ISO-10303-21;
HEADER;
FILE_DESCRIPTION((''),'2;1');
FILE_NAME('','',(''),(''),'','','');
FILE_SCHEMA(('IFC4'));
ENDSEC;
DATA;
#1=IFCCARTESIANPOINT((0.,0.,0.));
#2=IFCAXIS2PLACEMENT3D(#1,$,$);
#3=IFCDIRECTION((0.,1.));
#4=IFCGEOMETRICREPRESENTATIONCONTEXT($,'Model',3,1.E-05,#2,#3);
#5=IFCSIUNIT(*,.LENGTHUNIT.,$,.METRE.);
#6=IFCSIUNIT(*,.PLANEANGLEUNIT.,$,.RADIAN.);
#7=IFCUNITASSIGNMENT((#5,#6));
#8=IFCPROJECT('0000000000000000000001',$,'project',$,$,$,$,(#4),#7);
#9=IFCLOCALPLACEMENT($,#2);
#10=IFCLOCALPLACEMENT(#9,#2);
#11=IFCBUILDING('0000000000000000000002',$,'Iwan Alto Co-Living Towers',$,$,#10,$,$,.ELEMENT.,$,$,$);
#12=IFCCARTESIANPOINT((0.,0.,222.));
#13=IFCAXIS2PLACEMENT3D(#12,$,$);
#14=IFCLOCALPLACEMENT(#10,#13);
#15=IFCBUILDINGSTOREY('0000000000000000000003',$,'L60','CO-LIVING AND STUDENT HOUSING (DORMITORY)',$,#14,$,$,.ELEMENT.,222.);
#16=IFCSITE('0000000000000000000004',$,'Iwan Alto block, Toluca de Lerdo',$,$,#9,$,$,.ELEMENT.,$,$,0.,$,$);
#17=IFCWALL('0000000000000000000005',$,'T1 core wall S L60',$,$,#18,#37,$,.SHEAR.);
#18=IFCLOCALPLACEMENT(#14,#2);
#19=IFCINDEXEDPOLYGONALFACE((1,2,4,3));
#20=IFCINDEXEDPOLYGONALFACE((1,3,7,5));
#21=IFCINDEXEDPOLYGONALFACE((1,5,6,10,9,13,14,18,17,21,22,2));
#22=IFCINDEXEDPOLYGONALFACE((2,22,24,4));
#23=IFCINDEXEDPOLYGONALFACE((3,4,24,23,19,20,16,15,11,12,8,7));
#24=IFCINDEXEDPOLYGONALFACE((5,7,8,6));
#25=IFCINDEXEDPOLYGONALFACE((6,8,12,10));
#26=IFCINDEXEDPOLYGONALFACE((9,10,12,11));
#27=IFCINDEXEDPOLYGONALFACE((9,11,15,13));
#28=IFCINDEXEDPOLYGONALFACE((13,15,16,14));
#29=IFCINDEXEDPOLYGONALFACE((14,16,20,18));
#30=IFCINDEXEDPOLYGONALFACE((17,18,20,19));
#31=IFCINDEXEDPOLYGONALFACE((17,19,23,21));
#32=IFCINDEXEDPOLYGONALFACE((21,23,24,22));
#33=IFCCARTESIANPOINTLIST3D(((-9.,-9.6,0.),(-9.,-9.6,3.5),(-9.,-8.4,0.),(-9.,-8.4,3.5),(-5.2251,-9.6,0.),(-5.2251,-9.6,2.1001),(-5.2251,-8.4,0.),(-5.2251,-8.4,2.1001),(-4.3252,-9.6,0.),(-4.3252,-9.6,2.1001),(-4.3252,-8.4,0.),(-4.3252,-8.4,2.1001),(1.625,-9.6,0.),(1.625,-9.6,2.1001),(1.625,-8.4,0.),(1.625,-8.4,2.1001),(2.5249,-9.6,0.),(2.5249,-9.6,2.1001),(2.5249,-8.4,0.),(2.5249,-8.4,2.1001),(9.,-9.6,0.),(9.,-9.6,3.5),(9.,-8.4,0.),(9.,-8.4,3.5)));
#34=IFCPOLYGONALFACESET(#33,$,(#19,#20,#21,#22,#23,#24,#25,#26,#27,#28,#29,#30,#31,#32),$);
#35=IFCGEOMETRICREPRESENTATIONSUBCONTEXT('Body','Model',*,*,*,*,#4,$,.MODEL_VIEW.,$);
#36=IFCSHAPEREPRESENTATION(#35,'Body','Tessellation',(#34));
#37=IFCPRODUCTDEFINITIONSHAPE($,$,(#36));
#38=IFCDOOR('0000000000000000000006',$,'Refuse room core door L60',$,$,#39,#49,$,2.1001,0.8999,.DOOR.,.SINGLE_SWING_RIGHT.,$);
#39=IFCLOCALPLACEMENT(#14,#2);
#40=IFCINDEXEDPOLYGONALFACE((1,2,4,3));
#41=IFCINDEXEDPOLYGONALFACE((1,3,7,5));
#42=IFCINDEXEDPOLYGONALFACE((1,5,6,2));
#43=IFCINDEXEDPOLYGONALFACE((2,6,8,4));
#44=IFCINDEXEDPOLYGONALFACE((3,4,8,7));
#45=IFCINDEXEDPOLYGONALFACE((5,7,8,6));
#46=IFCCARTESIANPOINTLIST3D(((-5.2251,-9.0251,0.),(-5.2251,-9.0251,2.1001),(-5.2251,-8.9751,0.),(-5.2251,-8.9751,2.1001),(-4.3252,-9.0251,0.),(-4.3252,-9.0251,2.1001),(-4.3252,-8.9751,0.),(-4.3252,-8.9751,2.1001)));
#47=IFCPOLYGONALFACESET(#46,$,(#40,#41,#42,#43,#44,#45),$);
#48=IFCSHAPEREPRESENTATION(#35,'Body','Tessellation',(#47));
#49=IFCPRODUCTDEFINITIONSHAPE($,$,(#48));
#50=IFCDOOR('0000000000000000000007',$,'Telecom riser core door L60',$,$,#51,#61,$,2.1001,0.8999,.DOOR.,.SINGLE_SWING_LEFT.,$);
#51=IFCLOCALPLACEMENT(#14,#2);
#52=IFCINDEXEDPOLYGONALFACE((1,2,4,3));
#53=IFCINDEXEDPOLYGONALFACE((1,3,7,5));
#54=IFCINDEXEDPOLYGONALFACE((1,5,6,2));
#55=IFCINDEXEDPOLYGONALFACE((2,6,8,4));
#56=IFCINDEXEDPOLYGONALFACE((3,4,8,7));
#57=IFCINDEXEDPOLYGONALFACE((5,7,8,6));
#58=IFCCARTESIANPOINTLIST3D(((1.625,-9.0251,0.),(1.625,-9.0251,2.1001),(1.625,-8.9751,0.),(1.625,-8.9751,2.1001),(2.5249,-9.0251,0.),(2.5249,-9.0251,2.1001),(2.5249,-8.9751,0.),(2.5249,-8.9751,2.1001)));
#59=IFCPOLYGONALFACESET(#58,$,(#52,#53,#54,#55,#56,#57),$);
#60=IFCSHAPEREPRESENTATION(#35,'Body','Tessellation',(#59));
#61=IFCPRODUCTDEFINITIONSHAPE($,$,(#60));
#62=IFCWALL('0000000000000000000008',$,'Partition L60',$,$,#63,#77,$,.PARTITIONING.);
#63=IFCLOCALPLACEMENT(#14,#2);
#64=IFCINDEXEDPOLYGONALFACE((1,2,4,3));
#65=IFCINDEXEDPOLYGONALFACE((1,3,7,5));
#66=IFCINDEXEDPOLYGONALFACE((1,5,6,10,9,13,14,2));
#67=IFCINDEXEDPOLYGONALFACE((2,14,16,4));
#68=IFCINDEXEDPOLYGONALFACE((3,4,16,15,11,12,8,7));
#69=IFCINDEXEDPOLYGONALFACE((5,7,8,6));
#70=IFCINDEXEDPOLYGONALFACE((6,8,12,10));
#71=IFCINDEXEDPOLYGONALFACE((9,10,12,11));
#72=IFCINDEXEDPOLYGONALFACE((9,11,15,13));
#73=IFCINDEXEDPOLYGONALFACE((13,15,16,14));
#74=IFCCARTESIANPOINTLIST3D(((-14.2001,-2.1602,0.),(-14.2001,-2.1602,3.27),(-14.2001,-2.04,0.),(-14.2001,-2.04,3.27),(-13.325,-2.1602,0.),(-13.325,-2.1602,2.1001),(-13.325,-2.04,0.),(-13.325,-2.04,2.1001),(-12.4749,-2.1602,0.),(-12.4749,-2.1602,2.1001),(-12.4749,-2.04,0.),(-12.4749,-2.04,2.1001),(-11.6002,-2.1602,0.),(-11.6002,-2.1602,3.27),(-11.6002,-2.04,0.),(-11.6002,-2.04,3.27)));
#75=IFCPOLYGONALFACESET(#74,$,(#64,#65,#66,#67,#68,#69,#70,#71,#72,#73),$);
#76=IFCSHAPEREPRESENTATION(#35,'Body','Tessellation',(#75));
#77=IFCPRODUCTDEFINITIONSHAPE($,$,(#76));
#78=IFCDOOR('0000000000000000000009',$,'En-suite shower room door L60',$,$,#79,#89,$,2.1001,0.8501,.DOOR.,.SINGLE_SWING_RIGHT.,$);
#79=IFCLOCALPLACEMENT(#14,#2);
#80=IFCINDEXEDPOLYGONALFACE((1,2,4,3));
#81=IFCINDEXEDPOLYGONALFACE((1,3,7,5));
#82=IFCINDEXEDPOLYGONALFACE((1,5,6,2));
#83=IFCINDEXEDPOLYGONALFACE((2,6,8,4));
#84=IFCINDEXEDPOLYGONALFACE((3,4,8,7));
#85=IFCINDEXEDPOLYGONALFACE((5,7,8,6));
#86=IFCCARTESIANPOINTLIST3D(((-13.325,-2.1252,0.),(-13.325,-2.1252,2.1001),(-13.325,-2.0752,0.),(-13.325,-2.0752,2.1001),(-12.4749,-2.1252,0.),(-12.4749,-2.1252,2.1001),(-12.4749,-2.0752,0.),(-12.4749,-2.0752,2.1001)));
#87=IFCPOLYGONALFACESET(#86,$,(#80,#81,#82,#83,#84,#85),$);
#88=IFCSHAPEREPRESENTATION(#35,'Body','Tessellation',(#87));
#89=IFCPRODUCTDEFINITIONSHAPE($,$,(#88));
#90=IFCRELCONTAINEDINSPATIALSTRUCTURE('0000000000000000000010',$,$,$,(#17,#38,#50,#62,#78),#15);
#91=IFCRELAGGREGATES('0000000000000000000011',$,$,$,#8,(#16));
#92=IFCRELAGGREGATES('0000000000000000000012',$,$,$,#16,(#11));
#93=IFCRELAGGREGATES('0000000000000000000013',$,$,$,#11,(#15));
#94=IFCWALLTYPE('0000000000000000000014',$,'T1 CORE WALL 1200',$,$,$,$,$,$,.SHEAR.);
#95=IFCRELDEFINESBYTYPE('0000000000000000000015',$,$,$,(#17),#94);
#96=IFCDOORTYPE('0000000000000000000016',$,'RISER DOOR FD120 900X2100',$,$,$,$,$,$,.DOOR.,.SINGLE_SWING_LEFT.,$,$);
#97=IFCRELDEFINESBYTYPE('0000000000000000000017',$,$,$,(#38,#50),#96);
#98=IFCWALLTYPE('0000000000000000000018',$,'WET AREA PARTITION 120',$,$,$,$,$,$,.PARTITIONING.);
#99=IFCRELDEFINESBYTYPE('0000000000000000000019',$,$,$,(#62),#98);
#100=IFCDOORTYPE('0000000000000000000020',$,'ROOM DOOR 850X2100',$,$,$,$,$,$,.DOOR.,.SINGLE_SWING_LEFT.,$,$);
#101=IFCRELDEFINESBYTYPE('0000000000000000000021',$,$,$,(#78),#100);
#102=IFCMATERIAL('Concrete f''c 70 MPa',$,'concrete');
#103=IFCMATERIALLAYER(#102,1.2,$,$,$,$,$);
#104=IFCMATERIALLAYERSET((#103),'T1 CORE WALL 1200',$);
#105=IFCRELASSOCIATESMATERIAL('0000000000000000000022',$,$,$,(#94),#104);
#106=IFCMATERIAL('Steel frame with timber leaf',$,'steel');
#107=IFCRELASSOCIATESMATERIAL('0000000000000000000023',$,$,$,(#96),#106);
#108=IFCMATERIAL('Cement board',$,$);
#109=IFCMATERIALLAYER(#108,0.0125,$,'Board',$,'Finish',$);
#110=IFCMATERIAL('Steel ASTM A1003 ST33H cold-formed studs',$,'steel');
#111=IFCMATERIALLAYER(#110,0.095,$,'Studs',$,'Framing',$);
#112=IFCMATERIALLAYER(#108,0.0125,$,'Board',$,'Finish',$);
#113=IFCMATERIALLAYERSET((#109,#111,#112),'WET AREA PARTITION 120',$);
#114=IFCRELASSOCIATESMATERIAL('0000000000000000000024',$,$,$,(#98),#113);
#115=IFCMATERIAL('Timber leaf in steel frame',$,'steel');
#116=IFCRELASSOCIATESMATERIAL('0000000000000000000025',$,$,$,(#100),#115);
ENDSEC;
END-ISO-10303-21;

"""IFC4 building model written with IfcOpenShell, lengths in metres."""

from ifc_helpers import new_model, si_unit, direction, frame, frame_2d, origin, place, context, subcontext, project, spatial, rectangle, extrude, material, layer, layer_set, type_object, element, fill, save


model = new_model("IFC4")

# Units and contexts
model_context = context("Model", 3, precision=1e-05, world=origin(), true_north=direction((0.0, 1.0)))
body_context = subcontext(model_context, "Body", "Model", "MODEL_VIEW")
ifc_project = project(units=[si_unit("LENGTHUNIT", "METRE"), si_unit("PLANEANGLEUNIT", "RADIAN")], contexts=[model_context])

# Site, building, storey
site_placement = place(None, origin())
site = spatial("IfcSite", under=ifc_project, at=site_placement, Name="Iwan Alto block, Toluca de Lerdo", CompositionType="ELEMENT", RefElevation=0.0)
building_placement = place(site_placement, origin())
building = spatial("IfcBuilding", under=site, at=building_placement, Name="Iwan Alto Co-Living Towers", CompositionType="ELEMENT")
storey_placement = place(building_placement, frame((0.0, 0.0, 222.0)))
storey = spatial("IfcBuildingStorey", under=building, at=storey_placement, Name="L60", Description="CO-LIVING AND STUDENT HOUSING (DORMITORY)", CompositionType="ELEMENT", Elevation=222.0)

# Shared definitions
ifc_material_1 = material(Name="Steel ASTM A1003 ST33H cold-formed studs", Category="steel")

# Wall, openings, doors
ifc_material_2 = material(Name="Concrete f'c 70 MPa", Category="concrete")
ifc_layer_1 = layer(ifc_material_2, 1.2)
ifc_layer_set_1 = layer_set([ifc_layer_1], Name="T1 CORE WALL 1200")
wall_type_1 = type_object("IfcWallType", Name="T1 CORE WALL 1200", PredefinedType="SHEAR", material=ifc_layer_set_1)
wall_1_placement = place(storey_placement, frame((-9.0, -9.0, 0.0), z_axis=(0.0, 0.0, 1.0), x_axis=(1.0, 0.0, 0.0)))
wall_1 = element("IfcWall", 1, at=wall_1_placement, inside=storey, type_object=wall_type_1, Name="T1 core wall S L60", PredefinedType="SHEAR", context=body_context, shape_type="SweptSolid", body=[
    extrude(rectangle(XDim=18.0, YDim=1.2, at=frame_2d((9.0, 0.0))), origin(), (0.0, 0.0, 1.0), 3.5),
])
opening_1_placement = place(wall_1_placement, frame((3.7749, 0.0, 0.0)))
opening_1 = element("IfcOpeningElement", 2, at=opening_1_placement, cuts=wall_1, PredefinedType="OPENING", context=body_context, shape_type="SweptSolid", body=[
    extrude(rectangle(XDim=0.8999, YDim=2.1001, at=frame_2d((0.45, 1.05))), frame((0.0, 0.6099, 0.0), z_axis=(0.0, -1.0, 0.0), x_axis=(1.0, 0.0, 0.0)), (0.0, 0.0, 1.0), 1.22),
])
opening_2_placement = place(wall_1_placement, frame((10.625, 0.0, 0.0)))
opening_2 = element("IfcOpeningElement", 3, at=opening_2_placement, cuts=wall_1, PredefinedType="OPENING", context=body_context, shape_type="SweptSolid", body=[
    extrude(rectangle(XDim=0.8999, YDim=2.1001, at=frame_2d((0.45, 1.05))), frame((0.0, 0.6099, 0.0), z_axis=(0.0, -1.0, 0.0), x_axis=(1.0, 0.0, 0.0)), (0.0, 0.0, 1.0), 1.22),
])
ifc_material_3 = material(Name="Steel frame with timber leaf", Category="steel")
door_type_1 = type_object("IfcDoorType", Name="RISER DOOR FD120 900X2100", OperationType="SINGLE_SWING_LEFT", PredefinedType="DOOR", material=ifc_material_3)
door_1_placement = place(opening_1_placement, origin())
door_1 = element("IfcDoor", 4, at=door_1_placement, inside=storey, type_object=door_type_1, Name="Refuse room core door L60", OperationType="SINGLE_SWING_RIGHT", OverallHeight=2.1001, OverallWidth=0.8999, PredefinedType="DOOR", context=body_context, shape_type="SweptSolid", body=[
    extrude(rectangle(XDim=0.8999, YDim=2.1001, at=frame_2d((0.45, 1.05))), frame((0.0, 0.0249, 0.0), z_axis=(0.0, -1.0, 0.0), x_axis=(1.0, 0.0, 0.0)), (0.0, 0.0, 1.0), 0.05),
])
fill(opening_1, door_1)
door_2_placement = place(opening_2_placement, origin())
door_2 = element("IfcDoor", 5, at=door_2_placement, inside=storey, type_object=door_type_1, Name="Telecom riser core door L60", OperationType="SINGLE_SWING_LEFT", OverallHeight=2.1001, OverallWidth=0.8999, PredefinedType="DOOR", context=body_context, shape_type="SweptSolid", body=[
    extrude(rectangle(XDim=0.8999, YDim=2.1001, at=frame_2d((0.45, 1.05))), frame((0.0, 0.0249, 0.0), z_axis=(0.0, -1.0, 0.0), x_axis=(1.0, 0.0, 0.0)), (0.0, 0.0, 1.0), 0.05),
])
fill(opening_2, door_2)

# Wall, opening, door
ifc_material_4 = material(Name="Cement board")
ifc_layer_2 = layer(ifc_material_4, 0.0125, Name="Board", Category="Finish")
ifc_layer_3 = layer(ifc_material_1, 0.095, Name="Studs", Category="Framing")
ifc_layer_4 = layer(ifc_material_4, 0.0125, Name="Board", Category="Finish")
ifc_layer_set_2 = layer_set([ifc_layer_2, ifc_layer_3, ifc_layer_4], Name="WET AREA PARTITION 120")
wall_type_2 = type_object("IfcWallType", Name="WET AREA PARTITION 120", PredefinedType="PARTITIONING", material=ifc_layer_set_2)
wall_2_placement = place(storey_placement, frame((-14.2, -2.1001, 0.0), z_axis=(0.0, 0.0, 1.0), x_axis=(1.0, 0.0, 0.0)))
wall_2 = element("IfcWall", 6, at=wall_2_placement, inside=storey, type_object=wall_type_2, Name="Partition L60", PredefinedType="PARTITIONING", context=body_context, shape_type="SweptSolid", body=[
    extrude(rectangle(XDim=2.5999, YDim=0.1201, at=frame_2d((1.2998, 0.0))), origin(), (0.0, 0.0, 1.0), 3.27),
])
opening_3_placement = place(wall_2_placement, frame((0.875, 0.0, 0.0)))
opening_3 = element("IfcOpeningElement", 7, at=opening_3_placement, cuts=wall_2, PredefinedType="OPENING", context=body_context, shape_type="SweptSolid", body=[
    extrude(rectangle(XDim=0.8501, YDim=2.1001, at=frame_2d((0.425, 1.05))), frame((0.0, 0.0701, 0.0), z_axis=(0.0, -1.0, 0.0), x_axis=(1.0, 0.0, 0.0)), (0.0, 0.0, 1.0), 0.1401),
])
ifc_material_5 = material(Name="Timber leaf in steel frame", Category="steel")
door_type_2 = type_object("IfcDoorType", Name="ROOM DOOR 850X2100", OperationType="SINGLE_SWING_LEFT", PredefinedType="DOOR", material=ifc_material_5)
door_3_placement = place(opening_3_placement, origin())
door_3 = element("IfcDoor", 8, at=door_3_placement, inside=storey, type_object=door_type_2, Name="En-suite shower room door L60", OperationType="SINGLE_SWING_RIGHT", OverallHeight=2.1001, OverallWidth=0.8501, PredefinedType="DOOR", context=body_context, shape_type="SweptSolid", body=[
    extrude(rectangle(XDim=0.8501, YDim=2.1001, at=frame_2d((0.425, 1.05))), frame((0.0, 0.0249, 0.0), z_axis=(0.0, -1.0, 0.0), x_axis=(1.0, 0.0, 0.0)), (0.0, 0.0, 1.0), 0.05),
])
fill(opening_3, door_3)

save(model, "model.ifc")
